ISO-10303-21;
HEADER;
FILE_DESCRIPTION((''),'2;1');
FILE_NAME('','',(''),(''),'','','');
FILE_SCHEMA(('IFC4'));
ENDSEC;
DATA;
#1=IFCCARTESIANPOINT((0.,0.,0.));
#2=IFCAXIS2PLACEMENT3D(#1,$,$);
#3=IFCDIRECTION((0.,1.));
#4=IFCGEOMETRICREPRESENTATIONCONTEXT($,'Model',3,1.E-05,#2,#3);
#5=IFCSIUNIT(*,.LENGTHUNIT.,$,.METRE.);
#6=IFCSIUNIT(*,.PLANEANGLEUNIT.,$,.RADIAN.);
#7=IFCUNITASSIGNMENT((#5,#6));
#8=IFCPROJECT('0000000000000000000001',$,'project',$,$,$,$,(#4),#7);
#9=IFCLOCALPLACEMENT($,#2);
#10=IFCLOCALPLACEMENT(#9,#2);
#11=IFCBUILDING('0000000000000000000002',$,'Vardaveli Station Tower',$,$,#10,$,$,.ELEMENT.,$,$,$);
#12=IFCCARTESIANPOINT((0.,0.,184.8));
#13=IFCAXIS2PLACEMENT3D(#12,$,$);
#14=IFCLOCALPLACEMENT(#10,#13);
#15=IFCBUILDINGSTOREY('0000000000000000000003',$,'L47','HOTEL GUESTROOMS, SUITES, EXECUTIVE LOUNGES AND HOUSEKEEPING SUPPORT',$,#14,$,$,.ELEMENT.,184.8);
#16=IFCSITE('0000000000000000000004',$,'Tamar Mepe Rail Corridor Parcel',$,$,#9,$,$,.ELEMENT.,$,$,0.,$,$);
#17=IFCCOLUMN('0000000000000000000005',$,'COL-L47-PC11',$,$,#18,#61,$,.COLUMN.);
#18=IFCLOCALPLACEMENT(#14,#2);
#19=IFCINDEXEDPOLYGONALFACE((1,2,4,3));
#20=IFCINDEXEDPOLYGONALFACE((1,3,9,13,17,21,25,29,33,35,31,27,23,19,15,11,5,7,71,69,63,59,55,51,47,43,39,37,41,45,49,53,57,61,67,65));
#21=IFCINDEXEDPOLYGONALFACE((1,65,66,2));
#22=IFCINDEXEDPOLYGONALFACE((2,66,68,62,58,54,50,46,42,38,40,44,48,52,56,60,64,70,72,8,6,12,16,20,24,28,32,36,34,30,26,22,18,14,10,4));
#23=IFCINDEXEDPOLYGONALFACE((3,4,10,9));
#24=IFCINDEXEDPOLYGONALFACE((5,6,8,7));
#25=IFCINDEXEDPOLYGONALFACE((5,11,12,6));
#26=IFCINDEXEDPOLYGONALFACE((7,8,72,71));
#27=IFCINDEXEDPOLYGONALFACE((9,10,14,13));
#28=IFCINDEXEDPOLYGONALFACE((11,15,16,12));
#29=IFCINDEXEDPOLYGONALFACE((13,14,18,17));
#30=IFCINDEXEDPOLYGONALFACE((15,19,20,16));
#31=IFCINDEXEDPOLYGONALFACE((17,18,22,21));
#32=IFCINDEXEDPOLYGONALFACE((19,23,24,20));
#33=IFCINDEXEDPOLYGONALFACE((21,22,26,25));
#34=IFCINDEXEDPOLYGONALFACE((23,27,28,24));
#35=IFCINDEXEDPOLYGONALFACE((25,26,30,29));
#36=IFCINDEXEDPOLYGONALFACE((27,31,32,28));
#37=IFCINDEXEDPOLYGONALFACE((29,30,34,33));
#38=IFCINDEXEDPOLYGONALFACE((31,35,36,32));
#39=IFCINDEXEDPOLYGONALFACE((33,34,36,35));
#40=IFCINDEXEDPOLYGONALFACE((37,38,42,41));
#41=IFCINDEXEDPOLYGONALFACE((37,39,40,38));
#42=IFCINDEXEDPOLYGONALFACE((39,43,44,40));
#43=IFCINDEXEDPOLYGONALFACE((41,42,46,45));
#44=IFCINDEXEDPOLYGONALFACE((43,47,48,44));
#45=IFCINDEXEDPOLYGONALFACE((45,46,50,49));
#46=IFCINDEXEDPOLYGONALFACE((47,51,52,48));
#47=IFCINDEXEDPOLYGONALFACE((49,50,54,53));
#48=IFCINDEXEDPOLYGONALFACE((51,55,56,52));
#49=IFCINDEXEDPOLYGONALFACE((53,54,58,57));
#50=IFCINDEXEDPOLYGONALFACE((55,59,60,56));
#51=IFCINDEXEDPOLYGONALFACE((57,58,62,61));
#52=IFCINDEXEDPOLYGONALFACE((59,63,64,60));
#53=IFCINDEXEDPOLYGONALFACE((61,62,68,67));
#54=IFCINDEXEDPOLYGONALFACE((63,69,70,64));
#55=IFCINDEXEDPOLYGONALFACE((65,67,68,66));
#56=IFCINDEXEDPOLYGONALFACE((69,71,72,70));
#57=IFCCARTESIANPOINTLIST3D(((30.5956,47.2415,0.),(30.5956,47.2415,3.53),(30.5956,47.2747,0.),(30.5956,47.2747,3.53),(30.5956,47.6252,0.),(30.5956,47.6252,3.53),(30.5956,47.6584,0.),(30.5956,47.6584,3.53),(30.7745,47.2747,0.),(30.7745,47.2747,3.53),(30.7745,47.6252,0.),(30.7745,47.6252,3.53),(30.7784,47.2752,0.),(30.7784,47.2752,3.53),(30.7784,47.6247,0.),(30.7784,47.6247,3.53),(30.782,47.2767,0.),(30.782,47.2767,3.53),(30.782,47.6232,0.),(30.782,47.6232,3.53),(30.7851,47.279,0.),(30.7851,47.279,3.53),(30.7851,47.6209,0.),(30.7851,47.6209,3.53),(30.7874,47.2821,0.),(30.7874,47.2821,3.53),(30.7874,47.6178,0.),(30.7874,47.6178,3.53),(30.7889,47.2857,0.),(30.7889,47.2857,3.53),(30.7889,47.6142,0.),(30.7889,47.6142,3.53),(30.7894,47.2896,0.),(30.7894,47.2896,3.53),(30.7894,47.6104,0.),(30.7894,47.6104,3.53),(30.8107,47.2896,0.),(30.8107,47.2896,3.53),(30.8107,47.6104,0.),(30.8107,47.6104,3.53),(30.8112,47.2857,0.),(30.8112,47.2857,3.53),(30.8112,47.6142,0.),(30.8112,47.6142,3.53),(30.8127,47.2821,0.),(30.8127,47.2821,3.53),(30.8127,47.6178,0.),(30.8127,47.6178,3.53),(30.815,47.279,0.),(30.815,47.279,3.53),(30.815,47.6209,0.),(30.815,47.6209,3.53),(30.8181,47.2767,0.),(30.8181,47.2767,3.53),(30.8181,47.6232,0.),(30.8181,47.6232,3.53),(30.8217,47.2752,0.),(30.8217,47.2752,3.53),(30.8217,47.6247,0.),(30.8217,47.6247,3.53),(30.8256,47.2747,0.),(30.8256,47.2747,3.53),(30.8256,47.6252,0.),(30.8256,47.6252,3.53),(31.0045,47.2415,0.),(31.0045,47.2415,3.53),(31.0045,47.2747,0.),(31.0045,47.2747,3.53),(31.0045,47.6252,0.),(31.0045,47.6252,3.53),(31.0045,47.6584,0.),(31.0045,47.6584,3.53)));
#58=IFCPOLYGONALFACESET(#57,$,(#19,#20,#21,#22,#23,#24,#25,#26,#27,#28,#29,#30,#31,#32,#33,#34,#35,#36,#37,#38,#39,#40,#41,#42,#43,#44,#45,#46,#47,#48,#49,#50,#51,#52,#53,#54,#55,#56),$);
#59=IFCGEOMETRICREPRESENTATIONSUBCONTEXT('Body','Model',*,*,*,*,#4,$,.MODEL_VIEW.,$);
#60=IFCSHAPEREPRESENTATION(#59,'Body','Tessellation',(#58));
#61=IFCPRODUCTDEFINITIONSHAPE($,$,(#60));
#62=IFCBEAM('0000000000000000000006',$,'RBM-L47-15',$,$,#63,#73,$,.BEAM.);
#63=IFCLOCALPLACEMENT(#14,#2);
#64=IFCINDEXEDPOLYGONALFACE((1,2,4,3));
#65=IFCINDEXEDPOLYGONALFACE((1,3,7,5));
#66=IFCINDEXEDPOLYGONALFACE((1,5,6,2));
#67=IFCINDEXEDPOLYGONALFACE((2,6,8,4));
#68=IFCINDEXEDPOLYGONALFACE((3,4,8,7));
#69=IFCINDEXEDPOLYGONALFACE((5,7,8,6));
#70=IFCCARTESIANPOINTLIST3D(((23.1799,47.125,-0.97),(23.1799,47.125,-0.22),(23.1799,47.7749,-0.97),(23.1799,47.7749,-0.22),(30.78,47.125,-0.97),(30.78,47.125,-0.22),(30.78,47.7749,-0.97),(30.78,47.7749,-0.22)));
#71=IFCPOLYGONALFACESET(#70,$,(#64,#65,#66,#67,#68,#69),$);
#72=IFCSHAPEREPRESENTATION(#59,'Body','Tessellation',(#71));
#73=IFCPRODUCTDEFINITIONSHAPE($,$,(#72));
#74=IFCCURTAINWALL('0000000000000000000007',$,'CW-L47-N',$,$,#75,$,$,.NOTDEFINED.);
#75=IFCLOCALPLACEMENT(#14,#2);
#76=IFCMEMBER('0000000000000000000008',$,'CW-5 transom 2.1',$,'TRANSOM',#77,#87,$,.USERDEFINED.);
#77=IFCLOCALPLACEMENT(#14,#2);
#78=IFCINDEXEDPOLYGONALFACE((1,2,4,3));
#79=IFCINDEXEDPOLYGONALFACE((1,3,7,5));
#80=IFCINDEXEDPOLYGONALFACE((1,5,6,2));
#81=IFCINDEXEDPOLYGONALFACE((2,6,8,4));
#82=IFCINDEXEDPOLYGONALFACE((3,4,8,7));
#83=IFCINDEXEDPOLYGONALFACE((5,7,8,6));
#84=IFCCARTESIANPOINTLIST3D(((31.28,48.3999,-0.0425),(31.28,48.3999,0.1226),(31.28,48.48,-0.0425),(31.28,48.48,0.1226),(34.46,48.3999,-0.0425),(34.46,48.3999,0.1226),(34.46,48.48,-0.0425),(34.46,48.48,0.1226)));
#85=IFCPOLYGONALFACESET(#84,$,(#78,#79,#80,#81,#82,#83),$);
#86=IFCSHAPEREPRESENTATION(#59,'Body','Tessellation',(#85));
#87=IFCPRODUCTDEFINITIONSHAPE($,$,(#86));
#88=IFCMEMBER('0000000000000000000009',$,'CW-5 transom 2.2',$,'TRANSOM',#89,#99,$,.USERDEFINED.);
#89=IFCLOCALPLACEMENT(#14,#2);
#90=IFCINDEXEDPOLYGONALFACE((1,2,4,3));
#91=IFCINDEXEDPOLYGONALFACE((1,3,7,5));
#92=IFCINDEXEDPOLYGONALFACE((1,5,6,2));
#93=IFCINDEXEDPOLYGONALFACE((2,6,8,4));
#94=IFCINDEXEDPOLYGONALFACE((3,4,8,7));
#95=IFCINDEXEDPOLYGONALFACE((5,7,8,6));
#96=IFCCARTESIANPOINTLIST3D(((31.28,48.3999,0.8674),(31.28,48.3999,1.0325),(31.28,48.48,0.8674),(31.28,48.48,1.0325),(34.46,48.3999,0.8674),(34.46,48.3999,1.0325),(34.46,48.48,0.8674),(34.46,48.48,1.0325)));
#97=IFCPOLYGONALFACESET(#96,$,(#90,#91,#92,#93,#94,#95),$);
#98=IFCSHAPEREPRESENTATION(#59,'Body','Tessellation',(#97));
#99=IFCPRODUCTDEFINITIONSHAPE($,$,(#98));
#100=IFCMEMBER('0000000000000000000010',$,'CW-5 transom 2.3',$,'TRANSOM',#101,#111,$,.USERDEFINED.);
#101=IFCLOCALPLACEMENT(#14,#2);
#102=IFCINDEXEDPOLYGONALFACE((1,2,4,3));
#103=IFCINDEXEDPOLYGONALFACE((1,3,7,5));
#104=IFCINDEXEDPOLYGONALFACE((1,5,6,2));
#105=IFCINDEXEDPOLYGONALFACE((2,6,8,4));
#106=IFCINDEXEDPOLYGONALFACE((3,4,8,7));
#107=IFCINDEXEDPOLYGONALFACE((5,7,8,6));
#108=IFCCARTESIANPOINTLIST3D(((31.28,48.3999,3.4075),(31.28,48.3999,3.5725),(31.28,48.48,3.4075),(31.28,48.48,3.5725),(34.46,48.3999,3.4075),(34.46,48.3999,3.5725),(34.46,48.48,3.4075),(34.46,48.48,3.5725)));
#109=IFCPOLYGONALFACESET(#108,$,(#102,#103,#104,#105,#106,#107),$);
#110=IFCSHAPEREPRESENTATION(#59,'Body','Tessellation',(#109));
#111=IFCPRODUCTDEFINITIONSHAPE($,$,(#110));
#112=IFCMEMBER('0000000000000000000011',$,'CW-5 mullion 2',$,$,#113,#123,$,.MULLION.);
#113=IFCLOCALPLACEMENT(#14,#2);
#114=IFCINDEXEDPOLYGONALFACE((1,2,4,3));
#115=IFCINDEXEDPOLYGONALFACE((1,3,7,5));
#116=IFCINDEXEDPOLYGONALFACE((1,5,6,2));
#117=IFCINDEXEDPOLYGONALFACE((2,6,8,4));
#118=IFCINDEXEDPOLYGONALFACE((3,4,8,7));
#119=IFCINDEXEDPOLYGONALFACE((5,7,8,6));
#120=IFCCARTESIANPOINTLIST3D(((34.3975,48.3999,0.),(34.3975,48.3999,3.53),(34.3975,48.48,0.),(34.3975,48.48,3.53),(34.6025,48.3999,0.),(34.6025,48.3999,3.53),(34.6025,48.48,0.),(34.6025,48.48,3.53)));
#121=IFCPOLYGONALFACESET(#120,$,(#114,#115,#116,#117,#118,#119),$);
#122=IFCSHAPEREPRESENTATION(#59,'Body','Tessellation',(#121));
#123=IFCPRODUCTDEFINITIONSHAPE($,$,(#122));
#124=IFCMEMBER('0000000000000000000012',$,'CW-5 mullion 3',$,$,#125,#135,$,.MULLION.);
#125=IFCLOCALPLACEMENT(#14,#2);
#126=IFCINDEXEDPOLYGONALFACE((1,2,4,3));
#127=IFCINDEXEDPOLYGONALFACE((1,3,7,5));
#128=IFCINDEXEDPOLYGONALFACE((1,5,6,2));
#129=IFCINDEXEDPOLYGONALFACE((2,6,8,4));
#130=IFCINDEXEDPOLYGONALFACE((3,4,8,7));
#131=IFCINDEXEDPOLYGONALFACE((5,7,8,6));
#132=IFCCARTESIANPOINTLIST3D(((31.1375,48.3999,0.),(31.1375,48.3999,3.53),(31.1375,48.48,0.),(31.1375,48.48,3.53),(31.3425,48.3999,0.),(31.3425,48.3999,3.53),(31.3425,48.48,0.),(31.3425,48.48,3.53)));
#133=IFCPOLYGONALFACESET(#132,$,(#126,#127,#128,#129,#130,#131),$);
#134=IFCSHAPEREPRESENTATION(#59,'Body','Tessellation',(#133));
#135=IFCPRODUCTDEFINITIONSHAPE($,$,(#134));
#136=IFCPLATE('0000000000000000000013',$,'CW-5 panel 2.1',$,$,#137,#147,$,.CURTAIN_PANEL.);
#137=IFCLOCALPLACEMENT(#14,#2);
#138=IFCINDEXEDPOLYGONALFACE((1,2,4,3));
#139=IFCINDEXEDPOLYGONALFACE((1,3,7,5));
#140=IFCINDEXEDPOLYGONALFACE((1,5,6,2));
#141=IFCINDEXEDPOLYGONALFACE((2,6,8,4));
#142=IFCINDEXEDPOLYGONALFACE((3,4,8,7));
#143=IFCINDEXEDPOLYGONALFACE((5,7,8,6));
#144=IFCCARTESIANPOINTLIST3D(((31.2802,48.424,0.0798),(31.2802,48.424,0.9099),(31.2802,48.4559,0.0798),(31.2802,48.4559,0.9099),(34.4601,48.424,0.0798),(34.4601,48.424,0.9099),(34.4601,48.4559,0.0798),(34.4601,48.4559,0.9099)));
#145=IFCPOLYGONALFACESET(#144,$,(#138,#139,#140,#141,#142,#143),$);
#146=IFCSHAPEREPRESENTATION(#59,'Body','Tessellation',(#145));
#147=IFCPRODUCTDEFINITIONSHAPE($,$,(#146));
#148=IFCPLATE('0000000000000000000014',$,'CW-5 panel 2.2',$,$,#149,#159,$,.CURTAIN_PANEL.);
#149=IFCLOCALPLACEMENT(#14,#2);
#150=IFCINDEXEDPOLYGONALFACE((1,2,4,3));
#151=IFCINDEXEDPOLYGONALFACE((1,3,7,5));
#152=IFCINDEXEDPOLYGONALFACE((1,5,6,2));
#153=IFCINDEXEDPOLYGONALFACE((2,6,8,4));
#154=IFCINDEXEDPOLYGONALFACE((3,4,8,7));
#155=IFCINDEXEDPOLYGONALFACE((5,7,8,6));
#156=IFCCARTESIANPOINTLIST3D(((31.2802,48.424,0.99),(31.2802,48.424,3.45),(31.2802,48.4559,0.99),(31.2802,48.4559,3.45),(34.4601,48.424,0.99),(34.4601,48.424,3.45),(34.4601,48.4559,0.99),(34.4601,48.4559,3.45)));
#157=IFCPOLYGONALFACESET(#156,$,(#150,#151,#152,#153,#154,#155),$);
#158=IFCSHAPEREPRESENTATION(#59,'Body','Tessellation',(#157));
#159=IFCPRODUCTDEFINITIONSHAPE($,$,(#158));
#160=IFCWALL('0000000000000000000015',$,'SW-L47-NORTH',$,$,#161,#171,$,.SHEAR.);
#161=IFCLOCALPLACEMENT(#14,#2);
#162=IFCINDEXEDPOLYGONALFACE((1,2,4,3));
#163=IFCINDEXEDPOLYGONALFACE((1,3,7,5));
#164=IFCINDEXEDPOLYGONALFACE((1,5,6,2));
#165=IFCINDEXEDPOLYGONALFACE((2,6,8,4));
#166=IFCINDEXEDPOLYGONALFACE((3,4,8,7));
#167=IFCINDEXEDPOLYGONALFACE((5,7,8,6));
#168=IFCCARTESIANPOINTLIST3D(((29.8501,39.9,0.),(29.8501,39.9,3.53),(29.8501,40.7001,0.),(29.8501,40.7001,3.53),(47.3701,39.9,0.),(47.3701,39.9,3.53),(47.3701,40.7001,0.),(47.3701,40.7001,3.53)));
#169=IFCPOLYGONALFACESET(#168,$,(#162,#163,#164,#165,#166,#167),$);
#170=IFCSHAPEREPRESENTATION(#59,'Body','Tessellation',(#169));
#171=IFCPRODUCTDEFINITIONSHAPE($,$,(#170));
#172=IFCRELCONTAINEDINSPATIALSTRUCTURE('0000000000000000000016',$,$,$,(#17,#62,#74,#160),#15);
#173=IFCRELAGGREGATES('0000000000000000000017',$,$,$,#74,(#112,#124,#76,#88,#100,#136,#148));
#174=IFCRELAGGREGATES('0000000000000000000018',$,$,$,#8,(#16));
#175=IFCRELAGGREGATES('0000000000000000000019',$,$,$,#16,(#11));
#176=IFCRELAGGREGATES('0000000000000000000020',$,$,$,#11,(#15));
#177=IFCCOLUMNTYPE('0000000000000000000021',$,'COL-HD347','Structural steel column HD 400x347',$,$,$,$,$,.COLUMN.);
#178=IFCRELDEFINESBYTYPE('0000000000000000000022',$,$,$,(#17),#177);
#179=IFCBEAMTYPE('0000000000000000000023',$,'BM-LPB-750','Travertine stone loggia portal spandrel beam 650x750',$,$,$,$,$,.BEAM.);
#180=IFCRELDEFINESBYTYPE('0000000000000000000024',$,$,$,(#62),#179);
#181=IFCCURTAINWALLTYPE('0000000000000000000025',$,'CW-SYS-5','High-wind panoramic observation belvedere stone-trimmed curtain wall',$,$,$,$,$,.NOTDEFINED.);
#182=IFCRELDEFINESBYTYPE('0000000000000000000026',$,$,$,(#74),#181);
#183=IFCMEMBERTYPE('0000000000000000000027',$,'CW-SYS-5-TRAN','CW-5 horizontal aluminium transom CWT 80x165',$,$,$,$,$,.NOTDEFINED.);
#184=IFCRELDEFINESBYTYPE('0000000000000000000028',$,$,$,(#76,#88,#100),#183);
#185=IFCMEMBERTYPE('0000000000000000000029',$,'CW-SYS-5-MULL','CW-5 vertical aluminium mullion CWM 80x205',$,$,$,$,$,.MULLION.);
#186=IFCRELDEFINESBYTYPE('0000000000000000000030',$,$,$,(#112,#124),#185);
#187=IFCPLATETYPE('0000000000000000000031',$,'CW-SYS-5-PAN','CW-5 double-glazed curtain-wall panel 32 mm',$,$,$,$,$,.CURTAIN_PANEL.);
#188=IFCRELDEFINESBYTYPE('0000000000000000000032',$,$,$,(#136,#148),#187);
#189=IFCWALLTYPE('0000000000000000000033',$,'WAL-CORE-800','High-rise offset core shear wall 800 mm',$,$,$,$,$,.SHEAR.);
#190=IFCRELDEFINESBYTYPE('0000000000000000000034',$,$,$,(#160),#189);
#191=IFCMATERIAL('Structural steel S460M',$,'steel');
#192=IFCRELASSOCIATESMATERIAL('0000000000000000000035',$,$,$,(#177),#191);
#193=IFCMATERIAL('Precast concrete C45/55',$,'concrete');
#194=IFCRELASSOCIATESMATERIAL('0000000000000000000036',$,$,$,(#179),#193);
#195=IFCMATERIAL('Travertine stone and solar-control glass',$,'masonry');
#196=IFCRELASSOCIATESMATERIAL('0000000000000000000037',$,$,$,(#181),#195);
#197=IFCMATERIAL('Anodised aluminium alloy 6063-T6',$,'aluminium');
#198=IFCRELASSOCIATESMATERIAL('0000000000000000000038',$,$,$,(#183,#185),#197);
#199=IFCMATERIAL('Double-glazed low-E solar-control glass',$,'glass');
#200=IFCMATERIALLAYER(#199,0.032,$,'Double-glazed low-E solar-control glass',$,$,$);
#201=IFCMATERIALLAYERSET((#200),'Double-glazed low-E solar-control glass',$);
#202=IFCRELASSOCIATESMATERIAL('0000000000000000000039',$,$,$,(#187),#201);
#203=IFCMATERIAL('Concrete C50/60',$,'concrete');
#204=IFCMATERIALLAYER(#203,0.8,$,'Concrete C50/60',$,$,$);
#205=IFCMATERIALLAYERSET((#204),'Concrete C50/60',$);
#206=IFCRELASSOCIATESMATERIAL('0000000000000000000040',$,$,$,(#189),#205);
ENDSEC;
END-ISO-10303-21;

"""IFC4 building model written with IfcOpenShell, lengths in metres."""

from ifc_helpers import new_model, si_unit, direction, frame, frame_2d, origin, origin_2d, place, context, subcontext, project, spatial, rectangle, i_section, extrude, source, transform, mapped, material, layer, layer_set, material_profile, profile_set, type_object, element, aggregate, save


model = new_model("IFC4")

# Units and contexts
model_context = context("Model", 3, precision=1e-05, world=origin(), true_north=direction((0.0, 1.0)))
body_context = subcontext(model_context, "Body", "Model", "MODEL_VIEW")
ifc_project = project(units=[si_unit("LENGTHUNIT", "METRE"), si_unit("PLANEANGLEUNIT", "RADIAN")], contexts=[model_context])

# Site, building, storey
site_placement = place(None, origin())
site = spatial("IfcSite", under=ifc_project, at=site_placement, Name="Tamar Mepe Rail Corridor Parcel", CompositionType="ELEMENT", RefElevation=0.0)
building_placement = place(site_placement, origin())
building = spatial("IfcBuilding", under=site, at=building_placement, Name="Vardaveli Station Tower", CompositionType="ELEMENT")
storey_placement = place(building_placement, frame((0.0, 0.0, 184.8)))
storey = spatial("IfcBuildingStorey", under=building, at=storey_placement, Name="L47", Description="HOTEL GUESTROOMS, SUITES, EXECUTIVE LOUNGES AND HOUSEKEEPING SUPPORT", CompositionType="ELEMENT", Elevation=184.8)

# Column
ifc_material_1 = material(Name="Structural steel S460M", Category="steel")
ifc_material_profile_1 = material_profile(ifc_material_1, i_section(OverallWidth=0.4089, OverallDepth=0.417, WebThickness=0.0212, FlangeThickness=0.0332, FilletRadius=0.0149, at=origin_2d()), Name="HD 400x347")
ifc_profile_set_1 = profile_set([ifc_material_profile_1], Name="Structural steel S460M")
column_type = type_object("IfcColumnType", Name="COL-HD347", Description="Structural steel column HD 400x347", PredefinedType="COLUMN", material=ifc_profile_set_1)
shared_shape_1 = source(origin(), body_context, "Body", "SweptSolid", [
    extrude(i_section(OverallWidth=0.4089, OverallDepth=0.417, WebThickness=0.0212, FlangeThickness=0.0332, FilletRadius=0.0149, at=origin_2d()), origin(), (0.0, 0.0, 1.0), 3.53),
])
column_placement = place(storey_placement, frame((30.8, 47.45, 0.0), z_axis=(0.0, 0.0, 1.0), x_axis=(1.0, 0.0, 0.0)))
element("IfcColumn", 1, at=column_placement, inside=storey, type_object=column_type, Name="COL-L47-PC11", PredefinedType="COLUMN", context=body_context, shape_type="MappedRepresentation", body=[
    mapped(shared_shape_1, transform((0.0, 0.0, 0.0), scale=1.0)),
])

# Beam
ifc_material_2 = material(Name="Precast concrete C45/55", Category="concrete")
ifc_material_profile_2 = material_profile(ifc_material_2, rectangle(XDim=0.6499, YDim=0.75, at=origin_2d()), Name="LPB 650x750")
ifc_profile_set_2 = profile_set([ifc_material_profile_2], Name="Precast concrete C45/55")
beam_type = type_object("IfcBeamType", Name="BM-LPB-750", Description="Travertine stone loggia portal spandrel beam 650x750", PredefinedType="BEAM", material=ifc_profile_set_2)
shared_shape_2 = source(origin(), body_context, "Body", "SweptSolid", [
    extrude(rectangle(XDim=0.6499, YDim=0.75, at=origin_2d()), origin(), (0.0, 0.0, 1.0), 7.6001),
])
beam_placement = place(storey_placement, frame((30.78, 47.45, -0.595), z_axis=(-1.0, 0.0, 0.0), x_axis=(0.0, -1.0, 0.0)))
element("IfcBeam", 2, at=beam_placement, inside=storey, type_object=beam_type, Name="RBM-L47-15", PredefinedType="BEAM", context=body_context, shape_type="MappedRepresentation", body=[
    mapped(shared_shape_2, transform((0.0, 0.0, 0.0), scale=1.0)),
])

# Curtain wall, members, plates
ifc_material_3 = material(Name="Travertine stone and solar-control glass", Category="masonry")
curtain_wall_type = type_object("IfcCurtainWallType", Name="CW-SYS-5", Description="High-wind panoramic observation belvedere stone-trimmed curtain wall", PredefinedType="NOTDEFINED", material=ifc_material_3)
curtain_wall_placement = place(storey_placement, origin())
curtain_wall = element("IfcCurtainWall", 3, at=curtain_wall_placement, inside=storey, type_object=curtain_wall_type, Name="CW-L47-N", PredefinedType="NOTDEFINED")
ifc_material_4 = material(Name="Anodised aluminium alloy 6063-T6", Category="aluminium")
ifc_material_profile_3 = material_profile(ifc_material_4, rectangle(XDim=0.0801, YDim=0.165, at=origin_2d()), Name="CWT 80x165")
ifc_profile_set_3 = profile_set([ifc_material_profile_3], Name="Anodised aluminium alloy 6063-T6")
member_type_1 = type_object("IfcMemberType", Name="CW-SYS-5-TRAN", Description="CW-5 horizontal aluminium transom CWT 80x165", PredefinedType="NOTDEFINED", material=ifc_profile_set_3)
shared_shape_3 = source(origin(), body_context, "Body", "SweptSolid", [
    extrude(rectangle(XDim=0.0801, YDim=0.165, at=origin_2d()), origin(), (0.0, 0.0, 1.0), 3.1799),
])
member_1_placement = place(storey_placement, frame((34.46, 48.4399, 0.04), z_axis=(-1.0, 0.0, 0.0), x_axis=(0.0, -1.0, 0.0)))
member_1 = element("IfcMember", 4, at=member_1_placement, type_object=member_type_1, Name="CW-5 transom 2.1", ObjectType="TRANSOM", PredefinedType="USERDEFINED", context=body_context, shape_type="MappedRepresentation", body=[
    mapped(shared_shape_3, transform((0.0, 0.0, 0.0), scale=1.0)),
])
member_2_placement = place(storey_placement, frame((34.46, 48.4399, 0.95), z_axis=(-1.0, 0.0, 0.0), x_axis=(0.0, -1.0, 0.0)))
member_2 = element("IfcMember", 5, at=member_2_placement, type_object=member_type_1, Name="CW-5 transom 2.2", ObjectType="TRANSOM", PredefinedType="USERDEFINED", context=body_context, shape_type="MappedRepresentation", body=[
    mapped(shared_shape_3, transform((0.0, 0.0, 0.0), scale=1.0)),
])
member_3_placement = place(storey_placement, frame((34.46, 48.4399, 3.49), z_axis=(-1.0, 0.0, 0.0), x_axis=(0.0, -1.0, 0.0)))
member_3 = element("IfcMember", 6, at=member_3_placement, type_object=member_type_1, Name="CW-5 transom 2.3", ObjectType="TRANSOM", PredefinedType="USERDEFINED", context=body_context, shape_type="MappedRepresentation", body=[
    mapped(shared_shape_3, transform((0.0, 0.0, 0.0), scale=1.0)),
])
ifc_material_profile_4 = material_profile(ifc_material_4, rectangle(XDim=0.0801, YDim=0.2051, at=origin_2d()), Name="CWM 80x205")
ifc_profile_set_4 = profile_set([ifc_material_profile_4], Name="Anodised aluminium alloy 6063-T6")
member_type_2 = type_object("IfcMemberType", Name="CW-SYS-5-MULL", Description="CW-5 vertical aluminium mullion CWM 80x205", PredefinedType="MULLION", material=ifc_profile_set_4)
shared_shape_4 = source(origin(), body_context, "Body", "SweptSolid", [
    extrude(rectangle(XDim=0.0801, YDim=0.2051, at=origin_2d()), origin(), (0.0, 0.0, 1.0), 3.53),
])
member_4_placement = place(storey_placement, frame((34.5, 48.4399, 0.0), z_axis=(0.0, 0.0, 1.0), x_axis=(0.0, -1.0, 0.0)))
member_4 = element("IfcMember", 7, at=member_4_placement, type_object=member_type_2, Name="CW-5 mullion 2", PredefinedType="MULLION", context=body_context, shape_type="MappedRepresentation", body=[
    mapped(shared_shape_4, transform((0.0, 0.0, 0.0), scale=1.0)),
])
member_5_placement = place(storey_placement, frame((31.24, 48.4399, 0.0), z_axis=(0.0, 0.0, 1.0), x_axis=(0.0, -1.0, 0.0)))
member_5 = element("IfcMember", 8, at=member_5_placement, type_object=member_type_2, Name="CW-5 mullion 3", PredefinedType="MULLION", context=body_context, shape_type="MappedRepresentation", body=[
    mapped(shared_shape_4, transform((0.0, 0.0, 0.0), scale=1.0)),
])
ifc_material_5 = material(Name="Double-glazed low-E solar-control glass", Category="glass")
ifc_layer_1 = layer(ifc_material_5, 0.032, Name="Double-glazed low-E solar-control glass")
ifc_layer_set_1 = layer_set([ifc_layer_1], Name="Double-glazed low-E solar-control glass")
plate_type = type_object("IfcPlateType", Name="CW-SYS-5-PAN", Description="CW-5 double-glazed curtain-wall panel 32 mm", PredefinedType="CURTAIN_PANEL", material=ifc_layer_set_1)
shared_shape_5 = source(origin(), body_context, "Body", "SweptSolid", [
    extrude(rectangle(XDim=3.1799, YDim=0.032, at=origin_2d()), origin(), (0.0, 0.0, 1.0), 0.8301),
])
plate_1_placement = place(storey_placement, frame((32.8701, 48.4399, 0.0798), z_axis=(0.0, 0.0, 1.0), x_axis=(-1.0, 0.0, 0.0)))
plate_1 = element("IfcPlate", 9, at=plate_1_placement, type_object=plate_type, Name="CW-5 panel 2.1", PredefinedType="CURTAIN_PANEL", context=body_context, shape_type="MappedRepresentation", body=[
    mapped(shared_shape_5, transform((0.0, 0.0, 0.0), scale=1.0)),
])
shared_shape_6 = source(origin(), body_context, "Body", "SweptSolid", [
    extrude(rectangle(XDim=3.1799, YDim=0.032, at=origin_2d()), origin(), (0.0, 0.0, 1.0), 2.46),
])
plate_2_placement = place(storey_placement, frame((32.8701, 48.4399, 0.99), z_axis=(0.0, 0.0, 1.0), x_axis=(-1.0, 0.0, 0.0)))
plate_2 = element("IfcPlate", 10, at=plate_2_placement, type_object=plate_type, Name="CW-5 panel 2.2", PredefinedType="CURTAIN_PANEL", context=body_context, shape_type="MappedRepresentation", body=[
    mapped(shared_shape_6, transform((0.0, 0.0, 0.0), scale=1.0)),
])
aggregate(curtain_wall, [member_4, member_5, member_1, member_2, member_3, plate_1, plate_2])

# Wall
ifc_material_6 = material(Name="Concrete C50/60", Category="concrete")
ifc_layer_2 = layer(ifc_material_6, 0.8, Name="Concrete C50/60")
ifc_layer_set_2 = layer_set([ifc_layer_2], Name="Concrete C50/60")
wall_type_1 = type_object("IfcWallType", Name="WAL-CORE-800", Description="High-rise offset core shear wall 800 mm", PredefinedType="SHEAR", material=ifc_layer_set_2)
shared_shape_7 = source(origin(), body_context, "Body", "SweptSolid", [
    extrude(rectangle(XDim=17.52, YDim=0.8, at=frame_2d((8.76, 0.0))), origin(), (0.0, 0.0, 1.0), 3.53),
])
wall_1_placement = place(storey_placement, frame((29.8501, 40.3, 0.0), z_axis=(0.0, 0.0, 1.0), x_axis=(1.0, 0.0, 0.0)))
element("IfcWall", 11, at=wall_1_placement, inside=storey, type_object=wall_type_1, Name="SW-L47-NORTH", PredefinedType="SHEAR", context=body_context, shape_type="MappedRepresentation", body=[
    mapped(shared_shape_7, transform((0.0, 0.0, 0.0), scale=1.0)),
])

save(model, "model.ifc")
